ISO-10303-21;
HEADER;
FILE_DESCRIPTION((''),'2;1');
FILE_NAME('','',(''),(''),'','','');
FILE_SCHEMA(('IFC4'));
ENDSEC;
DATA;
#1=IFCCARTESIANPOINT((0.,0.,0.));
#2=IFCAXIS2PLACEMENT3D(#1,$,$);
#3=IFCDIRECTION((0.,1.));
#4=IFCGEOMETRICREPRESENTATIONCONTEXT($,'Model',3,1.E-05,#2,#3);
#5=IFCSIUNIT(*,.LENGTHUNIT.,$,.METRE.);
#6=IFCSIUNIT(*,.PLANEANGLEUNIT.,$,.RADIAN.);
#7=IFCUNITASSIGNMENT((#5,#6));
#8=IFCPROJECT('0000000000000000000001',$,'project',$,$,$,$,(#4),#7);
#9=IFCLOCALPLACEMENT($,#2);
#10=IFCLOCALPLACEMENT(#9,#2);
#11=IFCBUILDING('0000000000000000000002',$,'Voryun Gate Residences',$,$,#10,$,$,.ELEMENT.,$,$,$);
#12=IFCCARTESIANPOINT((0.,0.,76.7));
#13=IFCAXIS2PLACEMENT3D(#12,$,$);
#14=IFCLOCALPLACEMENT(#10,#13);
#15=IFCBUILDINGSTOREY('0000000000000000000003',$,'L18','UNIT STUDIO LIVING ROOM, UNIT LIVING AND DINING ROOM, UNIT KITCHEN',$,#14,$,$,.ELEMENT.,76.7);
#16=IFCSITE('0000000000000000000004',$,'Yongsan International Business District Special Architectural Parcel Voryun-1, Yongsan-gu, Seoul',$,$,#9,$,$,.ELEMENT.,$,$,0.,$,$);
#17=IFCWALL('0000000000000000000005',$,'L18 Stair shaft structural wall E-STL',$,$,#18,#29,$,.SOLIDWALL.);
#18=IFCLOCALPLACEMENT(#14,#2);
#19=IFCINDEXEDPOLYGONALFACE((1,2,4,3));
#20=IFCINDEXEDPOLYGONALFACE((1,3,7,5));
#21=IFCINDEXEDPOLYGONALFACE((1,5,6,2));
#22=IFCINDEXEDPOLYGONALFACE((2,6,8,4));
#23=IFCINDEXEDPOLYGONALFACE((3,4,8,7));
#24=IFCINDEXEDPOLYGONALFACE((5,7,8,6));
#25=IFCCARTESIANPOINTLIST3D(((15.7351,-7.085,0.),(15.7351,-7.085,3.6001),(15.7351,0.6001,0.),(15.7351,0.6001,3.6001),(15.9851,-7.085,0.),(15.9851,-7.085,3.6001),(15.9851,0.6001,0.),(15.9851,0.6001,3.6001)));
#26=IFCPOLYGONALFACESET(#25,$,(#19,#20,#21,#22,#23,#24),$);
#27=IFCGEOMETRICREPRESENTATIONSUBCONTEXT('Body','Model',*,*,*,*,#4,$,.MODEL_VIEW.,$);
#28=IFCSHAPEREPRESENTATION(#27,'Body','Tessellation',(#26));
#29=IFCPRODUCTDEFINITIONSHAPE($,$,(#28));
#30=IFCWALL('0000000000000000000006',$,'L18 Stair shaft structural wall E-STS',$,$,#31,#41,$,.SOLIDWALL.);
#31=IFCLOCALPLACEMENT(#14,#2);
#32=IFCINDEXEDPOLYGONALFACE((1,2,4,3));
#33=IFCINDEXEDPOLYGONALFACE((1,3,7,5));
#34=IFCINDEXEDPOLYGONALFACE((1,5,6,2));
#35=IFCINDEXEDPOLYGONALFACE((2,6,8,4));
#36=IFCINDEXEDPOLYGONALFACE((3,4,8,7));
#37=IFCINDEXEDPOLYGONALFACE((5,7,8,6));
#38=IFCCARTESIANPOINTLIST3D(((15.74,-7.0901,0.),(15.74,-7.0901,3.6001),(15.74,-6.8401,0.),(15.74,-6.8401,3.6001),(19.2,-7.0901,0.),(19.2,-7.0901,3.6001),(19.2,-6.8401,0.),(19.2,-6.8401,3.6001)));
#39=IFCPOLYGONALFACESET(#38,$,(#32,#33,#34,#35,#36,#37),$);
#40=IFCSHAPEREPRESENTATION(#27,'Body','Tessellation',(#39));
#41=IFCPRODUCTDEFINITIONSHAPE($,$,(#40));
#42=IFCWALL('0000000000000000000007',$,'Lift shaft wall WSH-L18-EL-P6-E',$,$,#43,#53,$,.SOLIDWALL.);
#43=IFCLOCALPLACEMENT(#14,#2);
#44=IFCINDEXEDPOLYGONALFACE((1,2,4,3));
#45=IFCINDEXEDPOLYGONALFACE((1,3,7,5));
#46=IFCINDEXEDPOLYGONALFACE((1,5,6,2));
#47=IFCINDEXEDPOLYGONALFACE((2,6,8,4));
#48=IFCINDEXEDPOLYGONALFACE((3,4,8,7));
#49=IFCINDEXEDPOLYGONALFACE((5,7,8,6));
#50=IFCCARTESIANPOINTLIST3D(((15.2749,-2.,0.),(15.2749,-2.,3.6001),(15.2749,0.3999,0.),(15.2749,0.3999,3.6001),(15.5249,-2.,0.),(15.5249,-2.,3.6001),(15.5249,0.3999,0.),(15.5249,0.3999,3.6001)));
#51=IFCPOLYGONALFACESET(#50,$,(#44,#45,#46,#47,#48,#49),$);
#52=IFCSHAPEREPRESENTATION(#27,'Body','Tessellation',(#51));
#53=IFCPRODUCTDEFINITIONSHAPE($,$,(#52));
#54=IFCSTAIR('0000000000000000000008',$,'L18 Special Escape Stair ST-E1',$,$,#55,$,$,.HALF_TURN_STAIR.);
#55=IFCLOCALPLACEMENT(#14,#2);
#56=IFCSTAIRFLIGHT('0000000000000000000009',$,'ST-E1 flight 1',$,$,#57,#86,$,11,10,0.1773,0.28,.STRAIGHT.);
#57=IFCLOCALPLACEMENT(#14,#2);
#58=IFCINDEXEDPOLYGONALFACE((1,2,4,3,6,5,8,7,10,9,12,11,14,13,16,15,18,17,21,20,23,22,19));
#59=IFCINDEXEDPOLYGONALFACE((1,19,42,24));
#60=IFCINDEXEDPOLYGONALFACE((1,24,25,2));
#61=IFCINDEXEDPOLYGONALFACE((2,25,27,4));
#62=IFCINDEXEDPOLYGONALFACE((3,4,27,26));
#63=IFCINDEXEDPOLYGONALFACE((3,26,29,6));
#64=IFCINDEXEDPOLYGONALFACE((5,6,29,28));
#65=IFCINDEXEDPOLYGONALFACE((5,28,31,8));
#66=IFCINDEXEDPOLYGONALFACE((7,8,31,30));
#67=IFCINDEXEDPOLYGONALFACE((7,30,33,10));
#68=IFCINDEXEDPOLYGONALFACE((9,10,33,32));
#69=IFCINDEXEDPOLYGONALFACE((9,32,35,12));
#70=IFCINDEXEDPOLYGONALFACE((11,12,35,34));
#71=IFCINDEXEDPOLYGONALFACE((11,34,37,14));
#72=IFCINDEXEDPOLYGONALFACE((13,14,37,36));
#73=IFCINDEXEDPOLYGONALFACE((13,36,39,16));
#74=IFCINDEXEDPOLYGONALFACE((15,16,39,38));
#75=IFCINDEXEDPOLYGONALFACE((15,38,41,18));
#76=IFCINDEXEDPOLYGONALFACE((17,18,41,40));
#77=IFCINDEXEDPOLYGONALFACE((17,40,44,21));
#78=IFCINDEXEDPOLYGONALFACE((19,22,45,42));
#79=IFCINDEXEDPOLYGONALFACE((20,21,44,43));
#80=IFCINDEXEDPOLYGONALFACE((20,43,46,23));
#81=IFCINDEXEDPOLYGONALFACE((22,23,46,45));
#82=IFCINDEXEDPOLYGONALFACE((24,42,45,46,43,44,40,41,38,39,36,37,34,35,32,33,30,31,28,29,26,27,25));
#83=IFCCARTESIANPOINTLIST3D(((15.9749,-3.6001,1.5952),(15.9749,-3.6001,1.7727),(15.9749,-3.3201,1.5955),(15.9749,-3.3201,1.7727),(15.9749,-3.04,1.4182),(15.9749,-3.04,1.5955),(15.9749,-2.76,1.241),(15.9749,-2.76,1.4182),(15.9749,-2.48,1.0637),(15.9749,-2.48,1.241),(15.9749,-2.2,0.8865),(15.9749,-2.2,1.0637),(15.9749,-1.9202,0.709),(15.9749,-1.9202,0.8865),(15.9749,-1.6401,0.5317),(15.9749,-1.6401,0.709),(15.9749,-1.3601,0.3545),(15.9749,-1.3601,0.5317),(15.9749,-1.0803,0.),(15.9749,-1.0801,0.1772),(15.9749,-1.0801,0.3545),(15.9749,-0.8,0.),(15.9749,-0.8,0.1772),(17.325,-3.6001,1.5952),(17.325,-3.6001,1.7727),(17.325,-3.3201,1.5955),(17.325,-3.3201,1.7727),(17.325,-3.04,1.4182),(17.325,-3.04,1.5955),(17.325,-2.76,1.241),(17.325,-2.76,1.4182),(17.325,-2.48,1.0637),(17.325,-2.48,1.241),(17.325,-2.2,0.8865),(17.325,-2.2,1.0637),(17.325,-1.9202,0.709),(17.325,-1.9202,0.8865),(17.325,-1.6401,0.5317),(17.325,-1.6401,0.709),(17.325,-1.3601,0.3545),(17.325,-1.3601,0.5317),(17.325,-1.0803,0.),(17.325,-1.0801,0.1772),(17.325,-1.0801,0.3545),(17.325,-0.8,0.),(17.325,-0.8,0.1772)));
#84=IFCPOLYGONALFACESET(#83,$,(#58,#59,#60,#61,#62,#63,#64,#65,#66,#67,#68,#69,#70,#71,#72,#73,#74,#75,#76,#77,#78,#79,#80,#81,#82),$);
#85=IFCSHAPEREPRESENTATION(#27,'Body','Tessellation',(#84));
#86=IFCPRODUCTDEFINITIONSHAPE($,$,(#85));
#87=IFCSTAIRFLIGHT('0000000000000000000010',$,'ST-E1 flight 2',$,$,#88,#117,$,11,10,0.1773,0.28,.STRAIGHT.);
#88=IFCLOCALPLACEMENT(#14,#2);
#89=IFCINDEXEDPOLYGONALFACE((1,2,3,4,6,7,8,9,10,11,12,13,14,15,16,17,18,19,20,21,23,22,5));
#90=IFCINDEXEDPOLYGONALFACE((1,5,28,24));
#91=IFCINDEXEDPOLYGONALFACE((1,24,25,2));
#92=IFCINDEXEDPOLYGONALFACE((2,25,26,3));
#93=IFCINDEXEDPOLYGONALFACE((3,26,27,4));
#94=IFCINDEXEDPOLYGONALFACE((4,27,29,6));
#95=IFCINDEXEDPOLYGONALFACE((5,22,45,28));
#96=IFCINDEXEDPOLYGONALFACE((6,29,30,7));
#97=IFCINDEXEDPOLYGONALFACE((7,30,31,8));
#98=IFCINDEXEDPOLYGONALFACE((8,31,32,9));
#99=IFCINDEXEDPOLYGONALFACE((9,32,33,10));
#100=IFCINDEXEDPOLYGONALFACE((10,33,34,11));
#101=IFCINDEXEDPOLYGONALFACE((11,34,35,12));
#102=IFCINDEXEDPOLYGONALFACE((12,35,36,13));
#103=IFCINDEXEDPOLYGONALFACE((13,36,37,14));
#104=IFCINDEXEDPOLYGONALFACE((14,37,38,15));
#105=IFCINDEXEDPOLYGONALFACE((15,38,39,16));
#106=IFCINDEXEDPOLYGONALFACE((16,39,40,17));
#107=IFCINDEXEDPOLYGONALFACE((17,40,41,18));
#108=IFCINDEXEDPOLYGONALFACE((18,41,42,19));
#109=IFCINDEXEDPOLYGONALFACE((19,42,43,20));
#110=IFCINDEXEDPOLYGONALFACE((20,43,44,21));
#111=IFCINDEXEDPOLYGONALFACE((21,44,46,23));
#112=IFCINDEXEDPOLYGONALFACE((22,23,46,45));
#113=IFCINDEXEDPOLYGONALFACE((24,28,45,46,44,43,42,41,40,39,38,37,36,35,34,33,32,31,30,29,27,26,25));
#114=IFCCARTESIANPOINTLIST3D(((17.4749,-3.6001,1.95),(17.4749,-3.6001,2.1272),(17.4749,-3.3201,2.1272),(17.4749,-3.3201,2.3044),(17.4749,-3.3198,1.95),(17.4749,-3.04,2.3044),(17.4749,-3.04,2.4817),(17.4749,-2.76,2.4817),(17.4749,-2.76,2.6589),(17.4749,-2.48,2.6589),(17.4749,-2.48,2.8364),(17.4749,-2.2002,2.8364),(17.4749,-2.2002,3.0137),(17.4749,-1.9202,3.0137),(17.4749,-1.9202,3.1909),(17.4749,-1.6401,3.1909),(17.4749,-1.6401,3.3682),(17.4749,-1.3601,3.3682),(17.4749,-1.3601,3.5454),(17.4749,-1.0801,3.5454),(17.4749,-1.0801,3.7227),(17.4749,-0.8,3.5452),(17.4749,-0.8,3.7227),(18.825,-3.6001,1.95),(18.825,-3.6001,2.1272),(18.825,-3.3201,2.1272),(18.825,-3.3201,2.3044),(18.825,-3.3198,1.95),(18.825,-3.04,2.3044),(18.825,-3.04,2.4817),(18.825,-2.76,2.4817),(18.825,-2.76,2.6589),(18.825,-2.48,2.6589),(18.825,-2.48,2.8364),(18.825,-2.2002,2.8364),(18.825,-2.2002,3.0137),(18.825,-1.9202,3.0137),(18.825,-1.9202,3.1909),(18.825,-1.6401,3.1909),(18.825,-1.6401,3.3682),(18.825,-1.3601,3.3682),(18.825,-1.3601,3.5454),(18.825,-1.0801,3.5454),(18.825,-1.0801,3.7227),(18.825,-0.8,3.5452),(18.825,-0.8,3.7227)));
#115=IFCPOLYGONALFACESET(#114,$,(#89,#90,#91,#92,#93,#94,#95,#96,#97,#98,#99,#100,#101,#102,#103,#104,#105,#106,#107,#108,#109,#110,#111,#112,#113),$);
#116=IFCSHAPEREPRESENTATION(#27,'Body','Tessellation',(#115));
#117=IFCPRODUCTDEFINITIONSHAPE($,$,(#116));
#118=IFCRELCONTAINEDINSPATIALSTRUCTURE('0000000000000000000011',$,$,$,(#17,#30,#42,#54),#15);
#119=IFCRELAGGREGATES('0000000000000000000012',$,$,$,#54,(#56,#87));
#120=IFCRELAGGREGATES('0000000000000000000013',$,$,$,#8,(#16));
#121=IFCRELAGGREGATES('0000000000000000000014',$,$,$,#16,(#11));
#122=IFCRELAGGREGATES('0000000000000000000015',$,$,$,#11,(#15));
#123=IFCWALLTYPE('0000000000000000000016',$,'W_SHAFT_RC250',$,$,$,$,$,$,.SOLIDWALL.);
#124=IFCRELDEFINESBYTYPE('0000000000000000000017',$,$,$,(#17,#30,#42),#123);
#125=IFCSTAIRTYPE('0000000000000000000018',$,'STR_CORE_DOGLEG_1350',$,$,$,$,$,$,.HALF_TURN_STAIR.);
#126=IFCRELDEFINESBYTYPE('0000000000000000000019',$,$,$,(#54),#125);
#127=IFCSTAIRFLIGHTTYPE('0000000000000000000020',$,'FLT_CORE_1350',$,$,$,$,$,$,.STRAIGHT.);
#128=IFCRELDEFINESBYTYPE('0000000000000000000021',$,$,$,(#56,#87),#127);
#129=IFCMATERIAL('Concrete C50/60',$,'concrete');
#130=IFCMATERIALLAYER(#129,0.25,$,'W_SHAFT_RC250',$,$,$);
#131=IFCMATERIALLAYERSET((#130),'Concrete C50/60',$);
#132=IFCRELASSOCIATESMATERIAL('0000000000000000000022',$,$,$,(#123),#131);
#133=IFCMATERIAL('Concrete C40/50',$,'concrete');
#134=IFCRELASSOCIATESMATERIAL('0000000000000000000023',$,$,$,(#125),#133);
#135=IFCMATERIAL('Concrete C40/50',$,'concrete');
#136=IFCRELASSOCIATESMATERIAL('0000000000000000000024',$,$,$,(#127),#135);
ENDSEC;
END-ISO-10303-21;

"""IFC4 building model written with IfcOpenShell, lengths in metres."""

from ifc_helpers import new_model, si_unit, direction, frame, frame_2d, origin, place, context, subcontext, project, spatial, polyline, rectangle, outline, extrude, material, layer, layer_set, type_object, element, aggregate, save


model = new_model("IFC4")

# Units and contexts
model_context = context("Model", 3, precision=1e-05, world=origin(), true_north=direction((0.0, 1.0)))
body_context = subcontext(model_context, "Body", "Model", "MODEL_VIEW")
ifc_project = project(units=[si_unit("LENGTHUNIT", "METRE"), si_unit("PLANEANGLEUNIT", "RADIAN")], contexts=[model_context])

# Site, building, storey
site_placement = place(None, origin())
site = spatial("IfcSite", under=ifc_project, at=site_placement, Name="Yongsan International Business District Special Architectural Parcel Voryun-1, Yongsan-gu, Seoul", CompositionType="ELEMENT", RefElevation=0.0)
building_placement = place(site_placement, origin())
building = spatial("IfcBuilding", under=site, at=building_placement, Name="Voryun Gate Residences", CompositionType="ELEMENT")
storey_placement = place(building_placement, frame((0.0, 0.0, 76.7)))
storey = spatial("IfcBuildingStorey", under=building, at=storey_placement, Name="L18", Description="UNIT STUDIO LIVING ROOM, UNIT LIVING AND DINING ROOM, UNIT KITCHEN", CompositionType="ELEMENT", Elevation=76.7)

# Walls
ifc_material_1 = material(Name="Concrete C50/60", Category="concrete")
ifc_layer_1 = layer(ifc_material_1, 0.25, Name="W_SHAFT_RC250")
ifc_layer_set_1 = layer_set([ifc_layer_1], Name="Concrete C50/60")
wall_type_1 = type_object("IfcWallType", Name="W_SHAFT_RC250", PredefinedType="SOLIDWALL", material=ifc_layer_set_1)
wall_1_placement = place(storey_placement, frame((15.8601, -7.085, 0.0), z_axis=(0.0, 0.0, 1.0), x_axis=(0.0, 1.0, 0.0)))
element("IfcWall", 1, at=wall_1_placement, inside=storey, type_object=wall_type_1, Name="L18 Stair shaft structural wall E-STL", PredefinedType="SOLIDWALL", context=body_context, shape_type="SweptSolid", body=[
    extrude(rectangle(XDim=7.6851, YDim=0.25, at=frame_2d((3.8425, 0.0))), origin(), (0.0, 0.0, 1.0), 3.6001),
])
wall_2_placement = place(storey_placement, frame((15.74, -6.9651, 0.0), z_axis=(0.0, 0.0, 1.0), x_axis=(1.0, 0.0, 0.0)))
element("IfcWall", 2, at=wall_2_placement, inside=storey, type_object=wall_type_1, Name="L18 Stair shaft structural wall E-STS", PredefinedType="SOLIDWALL", context=body_context, shape_type="SweptSolid", body=[
    extrude(rectangle(XDim=3.46, YDim=0.25, at=frame_2d((1.73, 0.0))), origin(), (0.0, 0.0, 1.0), 3.6001),
])
wall_3_placement = place(storey_placement, frame((15.3999, -2.0, 0.0), z_axis=(0.0, 0.0, 1.0), x_axis=(0.0, 1.0, 0.0)))
element("IfcWall", 3, at=wall_3_placement, inside=storey, type_object=wall_type_1, Name="Lift shaft wall WSH-L18-EL-P6-E", PredefinedType="SOLIDWALL", context=body_context, shape_type="SweptSolid", body=[
    extrude(rectangle(XDim=2.3999, YDim=0.25, at=frame_2d((1.2, 0.0))), origin(), (0.0, 0.0, 1.0), 3.6001),
])

# Stair, stair flights
ifc_material_2 = material(Name="Concrete C40/50", Category="concrete")
stair_type = type_object("IfcStairType", Name="STR_CORE_DOGLEG_1350", PredefinedType="HALF_TURN_STAIR", material=ifc_material_2)
stair_placement = place(storey_placement, origin())
stair = element("IfcStair", 4, at=stair_placement, inside=storey, type_object=stair_type, Name="L18 Special Escape Stair ST-E1", PredefinedType="HALF_TURN_STAIR")
ifc_material_3 = material(Name="Concrete C40/50", Category="concrete")
stair_flight_type = type_object("IfcStairFlightType", Name="FLT_CORE_1350", PredefinedType="STRAIGHT", material=ifc_material_3)
stair_flight_1_placement = place(storey_placement, frame((16.6499, -0.8, 0.0), z_axis=(0.0, 0.0, 1.0), x_axis=(0.0, -1.0, 0.0)))
stair_flight_1 = element("IfcStairFlight", 5, at=stair_flight_1_placement, type_object=stair_flight_type, Name="ST-E1 flight 1", NumberOfRisers=11, NumberOfTreads=10, PredefinedType="STRAIGHT", RiserHeight=0.1773, TreadLength=0.28, context=body_context, shape_type="SweptSolid", body=[
    extrude(outline(polyline([(0.0, 0.0), (0.0, 0.1772), (0.28, 0.1772), (0.28, 0.3545), (0.5601, 0.3545), (0.5601, 0.5317), (0.8401, 0.5317), (0.8401, 0.709), (1.1201, 0.709), (1.1201, 0.8865), (1.3999, 0.8865), (1.3999, 1.0637), (1.6799, 1.0637), (1.6799, 1.241), (1.96, 1.241), (1.96, 1.4182), (2.24, 1.4182), (2.24, 1.5955), (2.52, 1.5955), (2.52, 1.7727), (2.8, 1.7727), (2.8, 1.95), (2.8, 1.5952), (0.2803, 0.0), (0.0, 0.0)])), frame((0.0, 0.675, 0.0), z_axis=(0.0, -1.0, 0.0), x_axis=(1.0, 0.0, 0.0)), (0.0, 0.0, 1.0), 1.3501),
])
stair_flight_2_placement = place(storey_placement, frame((18.1499, -3.6001, 1.95), z_axis=(0.0, 0.0, 1.0), x_axis=(0.0, 1.0, 0.0)))
stair_flight_2 = element("IfcStairFlight", 6, at=stair_flight_2_placement, type_object=stair_flight_type, Name="ST-E1 flight 2", NumberOfRisers=11, NumberOfTreads=10, PredefinedType="STRAIGHT", RiserHeight=0.1773, TreadLength=0.28, context=body_context, shape_type="SweptSolid", body=[
    extrude(outline(polyline([(0.0, 0.0), (0.0, 0.1772), (0.28, 0.1772), (0.28, 0.3545), (0.5601, 0.3545), (0.5601, 0.5317), (0.8401, 0.5317), (0.8401, 0.709), (1.1201, 0.709), (1.1201, 0.8865), (1.3999, 0.8865), (1.3999, 1.0637), (1.6799, 1.0637), (1.6799, 1.241), (1.96, 1.241), (1.96, 1.4182), (2.24, 1.4182), (2.24, 1.5955), (2.52, 1.5955), (2.52, 1.7727), (2.8, 1.7727), (2.8, 1.95), (2.8, 1.5952), (0.2803, 0.0), (0.0, 0.0)])), frame((0.0, 0.675, 0.0), z_axis=(0.0, -1.0, 0.0), x_axis=(1.0, 0.0, 0.0)), (0.0, 0.0, 1.0), 1.3501),
])
aggregate(stair, [stair_flight_1, stair_flight_2])

save(model, "model.ifc")
